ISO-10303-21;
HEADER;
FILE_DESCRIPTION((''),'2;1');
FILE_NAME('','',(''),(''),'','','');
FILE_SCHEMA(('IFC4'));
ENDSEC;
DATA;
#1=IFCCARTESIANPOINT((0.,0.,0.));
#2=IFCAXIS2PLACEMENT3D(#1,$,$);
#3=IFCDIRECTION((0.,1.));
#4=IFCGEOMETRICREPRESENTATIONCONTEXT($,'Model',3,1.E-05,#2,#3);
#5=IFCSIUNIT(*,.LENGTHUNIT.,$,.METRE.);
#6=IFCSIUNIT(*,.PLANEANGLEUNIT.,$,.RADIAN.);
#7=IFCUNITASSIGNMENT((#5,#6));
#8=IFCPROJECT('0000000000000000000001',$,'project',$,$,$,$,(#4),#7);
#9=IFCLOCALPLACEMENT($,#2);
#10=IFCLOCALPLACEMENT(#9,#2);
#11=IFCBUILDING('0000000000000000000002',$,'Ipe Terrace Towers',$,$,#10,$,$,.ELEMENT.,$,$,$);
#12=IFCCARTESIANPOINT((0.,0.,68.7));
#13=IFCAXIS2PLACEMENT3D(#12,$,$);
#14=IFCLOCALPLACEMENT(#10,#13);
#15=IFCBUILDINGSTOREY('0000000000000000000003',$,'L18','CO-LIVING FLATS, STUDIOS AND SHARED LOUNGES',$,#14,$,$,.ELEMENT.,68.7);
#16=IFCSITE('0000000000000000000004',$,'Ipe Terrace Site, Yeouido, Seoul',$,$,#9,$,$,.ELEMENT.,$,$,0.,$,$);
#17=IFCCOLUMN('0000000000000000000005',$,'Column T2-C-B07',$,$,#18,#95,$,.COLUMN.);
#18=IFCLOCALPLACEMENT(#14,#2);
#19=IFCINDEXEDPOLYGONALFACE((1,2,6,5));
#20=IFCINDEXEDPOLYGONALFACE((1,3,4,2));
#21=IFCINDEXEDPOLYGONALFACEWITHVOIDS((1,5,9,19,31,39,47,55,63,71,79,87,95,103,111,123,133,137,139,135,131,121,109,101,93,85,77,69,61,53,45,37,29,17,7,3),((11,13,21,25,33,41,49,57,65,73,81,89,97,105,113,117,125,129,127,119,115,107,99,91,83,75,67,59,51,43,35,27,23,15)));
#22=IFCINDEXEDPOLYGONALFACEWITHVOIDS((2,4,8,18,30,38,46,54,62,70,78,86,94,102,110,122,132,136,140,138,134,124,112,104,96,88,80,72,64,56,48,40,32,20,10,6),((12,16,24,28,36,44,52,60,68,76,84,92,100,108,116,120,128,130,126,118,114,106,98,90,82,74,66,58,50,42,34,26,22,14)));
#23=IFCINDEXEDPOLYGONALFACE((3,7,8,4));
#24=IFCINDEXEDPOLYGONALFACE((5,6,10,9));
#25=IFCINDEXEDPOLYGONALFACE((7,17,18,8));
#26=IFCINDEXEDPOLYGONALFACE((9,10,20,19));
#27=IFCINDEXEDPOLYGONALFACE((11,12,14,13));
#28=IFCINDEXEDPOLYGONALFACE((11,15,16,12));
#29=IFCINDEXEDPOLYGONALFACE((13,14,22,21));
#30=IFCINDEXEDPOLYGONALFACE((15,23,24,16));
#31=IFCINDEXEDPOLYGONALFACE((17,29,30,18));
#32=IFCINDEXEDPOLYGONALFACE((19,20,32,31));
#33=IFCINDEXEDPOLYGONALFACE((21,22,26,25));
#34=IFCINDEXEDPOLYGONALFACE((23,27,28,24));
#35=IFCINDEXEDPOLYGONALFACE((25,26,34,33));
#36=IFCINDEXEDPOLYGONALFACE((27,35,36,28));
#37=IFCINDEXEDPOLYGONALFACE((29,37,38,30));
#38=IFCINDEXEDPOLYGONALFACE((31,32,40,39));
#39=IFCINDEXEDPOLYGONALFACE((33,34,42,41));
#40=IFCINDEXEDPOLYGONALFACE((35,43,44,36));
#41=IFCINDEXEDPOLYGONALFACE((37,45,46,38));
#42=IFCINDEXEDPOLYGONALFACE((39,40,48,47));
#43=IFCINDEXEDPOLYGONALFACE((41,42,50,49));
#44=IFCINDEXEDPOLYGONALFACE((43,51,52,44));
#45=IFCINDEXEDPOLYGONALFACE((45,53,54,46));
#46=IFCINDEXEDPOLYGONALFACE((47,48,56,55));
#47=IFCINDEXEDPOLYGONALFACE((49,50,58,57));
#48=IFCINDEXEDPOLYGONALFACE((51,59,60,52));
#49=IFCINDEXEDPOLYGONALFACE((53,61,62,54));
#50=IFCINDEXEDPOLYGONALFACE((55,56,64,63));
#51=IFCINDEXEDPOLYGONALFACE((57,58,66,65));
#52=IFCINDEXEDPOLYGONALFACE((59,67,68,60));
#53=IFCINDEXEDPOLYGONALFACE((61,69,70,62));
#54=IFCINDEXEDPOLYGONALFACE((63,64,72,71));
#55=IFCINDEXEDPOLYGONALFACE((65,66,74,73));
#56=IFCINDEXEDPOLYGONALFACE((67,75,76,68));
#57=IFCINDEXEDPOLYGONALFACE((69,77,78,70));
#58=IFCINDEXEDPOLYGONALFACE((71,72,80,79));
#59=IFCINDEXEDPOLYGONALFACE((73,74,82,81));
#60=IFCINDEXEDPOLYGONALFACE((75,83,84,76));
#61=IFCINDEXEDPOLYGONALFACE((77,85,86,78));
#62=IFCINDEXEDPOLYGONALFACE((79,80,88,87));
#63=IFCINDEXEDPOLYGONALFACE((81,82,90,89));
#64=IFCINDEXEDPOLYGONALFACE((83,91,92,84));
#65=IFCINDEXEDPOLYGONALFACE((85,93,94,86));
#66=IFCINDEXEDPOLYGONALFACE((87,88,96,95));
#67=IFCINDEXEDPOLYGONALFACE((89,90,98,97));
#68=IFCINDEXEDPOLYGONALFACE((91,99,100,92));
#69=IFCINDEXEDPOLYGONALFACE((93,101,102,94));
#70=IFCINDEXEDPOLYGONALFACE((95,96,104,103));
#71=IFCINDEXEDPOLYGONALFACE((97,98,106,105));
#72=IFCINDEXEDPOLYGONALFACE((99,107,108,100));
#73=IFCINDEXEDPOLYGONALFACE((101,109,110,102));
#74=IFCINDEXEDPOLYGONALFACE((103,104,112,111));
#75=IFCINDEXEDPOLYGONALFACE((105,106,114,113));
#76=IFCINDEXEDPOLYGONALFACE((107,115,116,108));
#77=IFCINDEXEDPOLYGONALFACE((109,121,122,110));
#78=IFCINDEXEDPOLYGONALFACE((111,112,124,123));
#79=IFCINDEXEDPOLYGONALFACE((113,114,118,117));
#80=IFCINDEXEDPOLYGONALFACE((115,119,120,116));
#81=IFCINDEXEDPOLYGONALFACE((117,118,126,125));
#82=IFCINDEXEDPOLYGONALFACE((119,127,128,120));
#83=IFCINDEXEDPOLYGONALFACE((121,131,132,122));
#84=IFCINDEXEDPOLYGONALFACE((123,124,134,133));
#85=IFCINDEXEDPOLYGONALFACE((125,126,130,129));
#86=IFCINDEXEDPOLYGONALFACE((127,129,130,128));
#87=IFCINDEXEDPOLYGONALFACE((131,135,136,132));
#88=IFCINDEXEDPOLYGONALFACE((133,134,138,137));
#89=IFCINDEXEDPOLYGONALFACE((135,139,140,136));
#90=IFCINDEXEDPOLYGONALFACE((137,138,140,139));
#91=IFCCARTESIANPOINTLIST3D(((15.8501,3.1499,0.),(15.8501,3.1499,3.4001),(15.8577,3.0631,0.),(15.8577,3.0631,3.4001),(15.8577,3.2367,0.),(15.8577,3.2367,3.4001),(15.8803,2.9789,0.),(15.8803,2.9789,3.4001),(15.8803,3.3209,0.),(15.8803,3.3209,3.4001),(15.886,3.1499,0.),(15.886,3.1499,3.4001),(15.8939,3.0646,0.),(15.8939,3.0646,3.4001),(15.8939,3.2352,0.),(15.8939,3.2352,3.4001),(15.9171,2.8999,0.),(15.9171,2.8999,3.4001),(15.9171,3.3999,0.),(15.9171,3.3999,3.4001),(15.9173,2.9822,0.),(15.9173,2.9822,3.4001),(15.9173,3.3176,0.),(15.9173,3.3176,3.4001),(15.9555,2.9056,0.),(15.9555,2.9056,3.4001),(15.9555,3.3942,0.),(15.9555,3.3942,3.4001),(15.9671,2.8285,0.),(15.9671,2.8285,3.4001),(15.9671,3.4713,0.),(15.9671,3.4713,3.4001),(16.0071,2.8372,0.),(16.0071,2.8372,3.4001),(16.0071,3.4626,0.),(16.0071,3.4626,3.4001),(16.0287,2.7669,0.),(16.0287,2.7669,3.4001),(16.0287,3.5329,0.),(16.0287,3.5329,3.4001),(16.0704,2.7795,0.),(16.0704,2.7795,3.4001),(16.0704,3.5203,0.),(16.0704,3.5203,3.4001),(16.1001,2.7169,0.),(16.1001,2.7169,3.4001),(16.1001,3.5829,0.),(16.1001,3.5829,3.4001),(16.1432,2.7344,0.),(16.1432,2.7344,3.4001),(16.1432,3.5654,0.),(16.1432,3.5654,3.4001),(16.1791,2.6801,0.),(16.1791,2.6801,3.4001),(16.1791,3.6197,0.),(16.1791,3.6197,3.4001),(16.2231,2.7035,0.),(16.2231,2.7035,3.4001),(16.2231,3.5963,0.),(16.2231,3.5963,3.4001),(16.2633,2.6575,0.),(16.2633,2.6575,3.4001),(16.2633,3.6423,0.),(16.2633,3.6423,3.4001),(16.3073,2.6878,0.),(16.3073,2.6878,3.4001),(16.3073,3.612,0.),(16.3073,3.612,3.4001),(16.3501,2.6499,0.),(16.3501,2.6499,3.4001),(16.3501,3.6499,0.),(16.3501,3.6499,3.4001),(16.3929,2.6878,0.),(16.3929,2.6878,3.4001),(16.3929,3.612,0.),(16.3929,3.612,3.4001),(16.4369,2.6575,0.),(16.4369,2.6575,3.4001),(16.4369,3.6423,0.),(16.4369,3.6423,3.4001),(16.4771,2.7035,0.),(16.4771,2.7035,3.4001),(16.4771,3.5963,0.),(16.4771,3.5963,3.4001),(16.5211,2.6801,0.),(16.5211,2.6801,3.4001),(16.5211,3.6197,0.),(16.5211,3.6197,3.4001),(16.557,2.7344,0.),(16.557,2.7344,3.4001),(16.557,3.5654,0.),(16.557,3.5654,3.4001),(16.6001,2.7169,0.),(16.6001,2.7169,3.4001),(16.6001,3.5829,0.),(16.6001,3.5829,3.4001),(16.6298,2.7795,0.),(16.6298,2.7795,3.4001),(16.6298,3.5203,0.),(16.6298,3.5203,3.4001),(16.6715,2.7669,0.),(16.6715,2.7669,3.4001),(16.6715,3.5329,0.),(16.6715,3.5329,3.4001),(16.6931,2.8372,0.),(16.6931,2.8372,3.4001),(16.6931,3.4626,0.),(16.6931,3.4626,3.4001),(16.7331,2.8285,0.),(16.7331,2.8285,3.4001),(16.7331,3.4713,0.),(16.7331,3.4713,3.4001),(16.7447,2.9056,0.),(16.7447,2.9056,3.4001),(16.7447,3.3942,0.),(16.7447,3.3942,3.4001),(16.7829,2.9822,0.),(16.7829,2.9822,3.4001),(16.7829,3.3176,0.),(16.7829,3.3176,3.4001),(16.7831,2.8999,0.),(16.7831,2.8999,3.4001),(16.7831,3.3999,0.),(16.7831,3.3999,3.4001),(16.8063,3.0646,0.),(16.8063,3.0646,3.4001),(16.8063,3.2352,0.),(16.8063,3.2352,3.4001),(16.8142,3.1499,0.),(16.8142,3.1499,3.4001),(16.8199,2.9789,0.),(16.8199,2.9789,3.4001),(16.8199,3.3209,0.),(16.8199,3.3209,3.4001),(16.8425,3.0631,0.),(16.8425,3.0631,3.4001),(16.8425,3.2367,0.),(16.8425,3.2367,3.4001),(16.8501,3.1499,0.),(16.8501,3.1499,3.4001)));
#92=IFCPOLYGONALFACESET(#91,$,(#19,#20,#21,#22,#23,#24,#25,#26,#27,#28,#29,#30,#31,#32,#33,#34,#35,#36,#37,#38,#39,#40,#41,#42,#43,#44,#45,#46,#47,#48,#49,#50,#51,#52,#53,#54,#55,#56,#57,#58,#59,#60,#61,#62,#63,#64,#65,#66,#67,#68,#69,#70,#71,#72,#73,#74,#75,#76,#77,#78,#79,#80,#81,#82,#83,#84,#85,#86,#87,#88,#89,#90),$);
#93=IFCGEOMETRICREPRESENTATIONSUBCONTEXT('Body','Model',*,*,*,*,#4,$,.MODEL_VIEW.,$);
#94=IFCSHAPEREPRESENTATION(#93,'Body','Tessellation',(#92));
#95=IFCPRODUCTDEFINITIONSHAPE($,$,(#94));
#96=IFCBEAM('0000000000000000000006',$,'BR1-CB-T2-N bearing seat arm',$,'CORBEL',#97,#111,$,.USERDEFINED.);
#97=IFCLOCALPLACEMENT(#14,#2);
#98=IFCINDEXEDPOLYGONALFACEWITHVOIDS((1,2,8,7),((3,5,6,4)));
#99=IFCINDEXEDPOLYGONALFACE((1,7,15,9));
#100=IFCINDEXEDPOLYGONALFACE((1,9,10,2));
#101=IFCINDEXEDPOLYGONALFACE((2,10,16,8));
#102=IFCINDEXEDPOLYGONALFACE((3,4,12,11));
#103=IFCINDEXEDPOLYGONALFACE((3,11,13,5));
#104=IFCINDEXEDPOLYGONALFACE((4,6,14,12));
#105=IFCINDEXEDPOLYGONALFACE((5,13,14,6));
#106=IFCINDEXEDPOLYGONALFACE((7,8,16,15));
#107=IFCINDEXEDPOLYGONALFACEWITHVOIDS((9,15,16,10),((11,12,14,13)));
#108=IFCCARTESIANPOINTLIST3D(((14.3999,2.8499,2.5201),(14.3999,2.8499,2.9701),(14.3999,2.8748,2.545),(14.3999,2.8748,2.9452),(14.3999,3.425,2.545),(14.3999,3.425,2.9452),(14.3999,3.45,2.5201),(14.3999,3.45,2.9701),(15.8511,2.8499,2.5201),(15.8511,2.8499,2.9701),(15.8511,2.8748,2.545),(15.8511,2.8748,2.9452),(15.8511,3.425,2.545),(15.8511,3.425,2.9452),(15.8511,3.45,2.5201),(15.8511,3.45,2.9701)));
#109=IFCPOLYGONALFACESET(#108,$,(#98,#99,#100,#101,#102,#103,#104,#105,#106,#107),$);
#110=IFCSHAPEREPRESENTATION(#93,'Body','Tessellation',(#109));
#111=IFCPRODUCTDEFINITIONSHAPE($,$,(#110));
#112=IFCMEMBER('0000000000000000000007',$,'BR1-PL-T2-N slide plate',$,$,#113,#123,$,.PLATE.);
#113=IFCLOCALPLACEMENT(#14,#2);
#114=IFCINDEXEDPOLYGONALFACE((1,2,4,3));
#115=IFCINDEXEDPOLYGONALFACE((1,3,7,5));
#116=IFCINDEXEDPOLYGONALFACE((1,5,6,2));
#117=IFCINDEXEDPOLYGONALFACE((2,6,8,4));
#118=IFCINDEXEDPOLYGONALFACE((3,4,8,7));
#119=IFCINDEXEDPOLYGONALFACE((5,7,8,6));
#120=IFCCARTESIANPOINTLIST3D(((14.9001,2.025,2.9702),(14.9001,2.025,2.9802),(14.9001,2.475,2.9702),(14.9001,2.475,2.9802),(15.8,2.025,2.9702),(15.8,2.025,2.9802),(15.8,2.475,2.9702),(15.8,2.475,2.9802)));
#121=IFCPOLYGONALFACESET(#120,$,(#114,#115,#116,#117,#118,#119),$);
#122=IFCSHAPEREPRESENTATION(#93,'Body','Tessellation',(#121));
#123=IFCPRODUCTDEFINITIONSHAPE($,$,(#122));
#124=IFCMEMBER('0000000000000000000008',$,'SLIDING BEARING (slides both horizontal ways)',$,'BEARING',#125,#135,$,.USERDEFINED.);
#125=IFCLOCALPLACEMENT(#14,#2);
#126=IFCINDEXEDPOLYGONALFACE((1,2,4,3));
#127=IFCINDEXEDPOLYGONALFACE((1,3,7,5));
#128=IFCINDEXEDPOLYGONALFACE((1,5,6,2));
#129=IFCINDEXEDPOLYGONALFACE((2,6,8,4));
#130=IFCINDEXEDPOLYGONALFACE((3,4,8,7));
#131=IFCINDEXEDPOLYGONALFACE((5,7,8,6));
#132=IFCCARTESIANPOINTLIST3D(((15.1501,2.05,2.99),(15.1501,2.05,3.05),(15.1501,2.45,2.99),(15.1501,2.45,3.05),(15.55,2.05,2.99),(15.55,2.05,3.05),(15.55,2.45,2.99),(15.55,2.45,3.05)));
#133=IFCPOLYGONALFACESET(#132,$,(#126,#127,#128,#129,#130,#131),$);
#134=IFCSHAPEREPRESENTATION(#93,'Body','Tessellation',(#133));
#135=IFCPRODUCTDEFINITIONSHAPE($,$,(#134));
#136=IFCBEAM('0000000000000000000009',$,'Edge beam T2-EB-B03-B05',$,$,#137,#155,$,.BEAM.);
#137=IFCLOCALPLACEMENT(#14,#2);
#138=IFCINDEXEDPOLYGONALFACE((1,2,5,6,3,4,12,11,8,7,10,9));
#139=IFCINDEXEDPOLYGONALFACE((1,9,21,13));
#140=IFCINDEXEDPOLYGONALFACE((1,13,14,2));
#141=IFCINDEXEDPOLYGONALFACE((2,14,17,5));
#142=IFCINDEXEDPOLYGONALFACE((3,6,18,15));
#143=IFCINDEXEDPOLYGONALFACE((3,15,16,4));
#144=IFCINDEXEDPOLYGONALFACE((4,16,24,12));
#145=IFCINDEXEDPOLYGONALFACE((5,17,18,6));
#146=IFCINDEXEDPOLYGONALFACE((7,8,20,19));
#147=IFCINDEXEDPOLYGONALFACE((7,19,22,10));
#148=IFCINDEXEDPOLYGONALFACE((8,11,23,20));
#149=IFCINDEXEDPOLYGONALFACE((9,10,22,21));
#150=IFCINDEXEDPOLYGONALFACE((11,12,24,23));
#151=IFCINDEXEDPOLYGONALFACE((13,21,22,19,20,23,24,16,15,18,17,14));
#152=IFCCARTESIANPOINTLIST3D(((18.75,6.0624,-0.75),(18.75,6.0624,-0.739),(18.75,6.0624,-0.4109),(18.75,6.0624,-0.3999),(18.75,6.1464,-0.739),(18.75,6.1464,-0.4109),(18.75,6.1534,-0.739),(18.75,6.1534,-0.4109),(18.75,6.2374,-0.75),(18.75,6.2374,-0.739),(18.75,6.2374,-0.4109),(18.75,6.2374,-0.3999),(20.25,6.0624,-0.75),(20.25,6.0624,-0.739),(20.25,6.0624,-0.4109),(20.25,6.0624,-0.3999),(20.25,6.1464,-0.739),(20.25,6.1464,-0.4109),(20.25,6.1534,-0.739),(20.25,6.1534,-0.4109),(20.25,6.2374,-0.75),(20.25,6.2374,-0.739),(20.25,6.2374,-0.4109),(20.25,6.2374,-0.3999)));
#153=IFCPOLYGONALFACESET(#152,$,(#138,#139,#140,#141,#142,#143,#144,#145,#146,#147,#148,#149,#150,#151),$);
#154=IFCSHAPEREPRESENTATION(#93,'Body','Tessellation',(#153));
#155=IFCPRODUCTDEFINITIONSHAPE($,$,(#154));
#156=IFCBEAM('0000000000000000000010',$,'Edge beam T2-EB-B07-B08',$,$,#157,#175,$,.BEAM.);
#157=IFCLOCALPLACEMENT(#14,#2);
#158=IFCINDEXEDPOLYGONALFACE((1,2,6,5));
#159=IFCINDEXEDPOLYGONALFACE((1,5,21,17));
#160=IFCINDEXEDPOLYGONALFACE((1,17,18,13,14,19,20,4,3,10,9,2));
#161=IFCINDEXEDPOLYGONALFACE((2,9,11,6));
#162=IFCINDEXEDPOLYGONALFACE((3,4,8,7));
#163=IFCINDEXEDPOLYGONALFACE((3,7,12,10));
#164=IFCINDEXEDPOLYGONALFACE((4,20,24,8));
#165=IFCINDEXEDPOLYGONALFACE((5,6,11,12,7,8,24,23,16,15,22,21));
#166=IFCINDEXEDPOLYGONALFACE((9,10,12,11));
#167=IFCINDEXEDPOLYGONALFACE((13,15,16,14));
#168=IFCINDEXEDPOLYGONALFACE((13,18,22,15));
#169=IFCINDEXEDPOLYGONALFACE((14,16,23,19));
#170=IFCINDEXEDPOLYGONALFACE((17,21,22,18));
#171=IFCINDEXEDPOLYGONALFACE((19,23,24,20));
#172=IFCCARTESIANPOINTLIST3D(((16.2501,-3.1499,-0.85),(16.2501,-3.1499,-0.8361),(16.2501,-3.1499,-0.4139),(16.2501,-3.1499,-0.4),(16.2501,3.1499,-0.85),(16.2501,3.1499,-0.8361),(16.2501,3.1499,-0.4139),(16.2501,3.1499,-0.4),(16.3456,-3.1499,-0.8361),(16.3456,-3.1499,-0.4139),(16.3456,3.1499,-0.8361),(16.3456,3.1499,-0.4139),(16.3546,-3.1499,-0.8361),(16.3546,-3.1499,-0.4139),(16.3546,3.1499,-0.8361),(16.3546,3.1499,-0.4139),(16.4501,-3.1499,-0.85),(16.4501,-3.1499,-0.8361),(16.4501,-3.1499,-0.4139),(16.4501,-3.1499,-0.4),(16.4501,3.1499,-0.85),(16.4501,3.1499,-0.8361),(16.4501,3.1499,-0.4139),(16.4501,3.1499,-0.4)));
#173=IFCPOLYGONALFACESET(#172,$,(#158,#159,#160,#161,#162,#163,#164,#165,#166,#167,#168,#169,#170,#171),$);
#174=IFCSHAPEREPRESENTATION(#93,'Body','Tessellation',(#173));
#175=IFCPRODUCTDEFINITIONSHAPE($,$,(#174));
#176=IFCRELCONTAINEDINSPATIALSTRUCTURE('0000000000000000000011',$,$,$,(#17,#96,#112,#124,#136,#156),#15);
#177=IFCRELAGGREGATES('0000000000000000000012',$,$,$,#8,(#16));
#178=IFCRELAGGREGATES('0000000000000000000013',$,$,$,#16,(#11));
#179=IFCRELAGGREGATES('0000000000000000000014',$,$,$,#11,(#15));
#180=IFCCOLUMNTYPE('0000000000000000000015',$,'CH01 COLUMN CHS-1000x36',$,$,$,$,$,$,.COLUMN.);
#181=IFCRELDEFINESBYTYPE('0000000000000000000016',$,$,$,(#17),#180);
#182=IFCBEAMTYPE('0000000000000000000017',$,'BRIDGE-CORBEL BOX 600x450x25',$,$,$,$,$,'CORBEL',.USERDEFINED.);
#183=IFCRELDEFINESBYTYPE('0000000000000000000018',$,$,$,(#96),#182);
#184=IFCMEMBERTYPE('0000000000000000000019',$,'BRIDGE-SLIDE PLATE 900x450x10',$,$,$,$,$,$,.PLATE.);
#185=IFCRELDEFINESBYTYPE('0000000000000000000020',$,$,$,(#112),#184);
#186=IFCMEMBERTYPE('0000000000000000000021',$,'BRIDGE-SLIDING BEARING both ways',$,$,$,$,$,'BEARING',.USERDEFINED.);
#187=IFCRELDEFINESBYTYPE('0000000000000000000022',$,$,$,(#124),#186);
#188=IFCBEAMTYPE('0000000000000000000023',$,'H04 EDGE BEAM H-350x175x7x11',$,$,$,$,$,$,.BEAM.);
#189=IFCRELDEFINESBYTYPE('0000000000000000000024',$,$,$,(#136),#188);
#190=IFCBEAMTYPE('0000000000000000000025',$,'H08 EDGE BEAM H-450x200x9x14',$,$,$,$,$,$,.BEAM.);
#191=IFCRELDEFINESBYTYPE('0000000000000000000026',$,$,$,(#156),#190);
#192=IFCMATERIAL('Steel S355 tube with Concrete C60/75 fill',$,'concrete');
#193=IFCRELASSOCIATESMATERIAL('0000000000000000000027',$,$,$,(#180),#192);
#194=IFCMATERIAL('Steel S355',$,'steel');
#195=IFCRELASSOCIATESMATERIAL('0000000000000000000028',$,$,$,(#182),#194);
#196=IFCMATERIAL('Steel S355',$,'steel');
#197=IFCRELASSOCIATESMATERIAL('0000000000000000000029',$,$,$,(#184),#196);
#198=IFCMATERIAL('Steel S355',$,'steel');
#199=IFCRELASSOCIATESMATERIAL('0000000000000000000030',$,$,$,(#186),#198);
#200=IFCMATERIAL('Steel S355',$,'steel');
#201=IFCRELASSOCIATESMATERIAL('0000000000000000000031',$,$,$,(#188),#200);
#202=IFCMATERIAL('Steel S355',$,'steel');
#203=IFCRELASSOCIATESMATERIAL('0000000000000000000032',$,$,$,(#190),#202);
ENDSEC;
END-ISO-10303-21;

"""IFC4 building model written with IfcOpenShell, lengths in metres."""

from ifc_helpers import new_model, si_unit, direction, frame, origin, origin_2d, place, context, subcontext, project, spatial, rectangle, hollow_rectangle, hollow_circle, i_section, extrude, material, material_profile, profile_set, type_object, element, save


model = new_model("IFC4")

# Units and contexts
model_context = context("Model", 3, precision=1e-05, world=origin(), true_north=direction((0.0, 1.0)))
body_context = subcontext(model_context, "Body", "Model", "MODEL_VIEW")
ifc_project = project(units=[si_unit("LENGTHUNIT", "METRE"), si_unit("PLANEANGLEUNIT", "RADIAN")], contexts=[model_context])

# Site, building, storey
site_placement = place(None, origin())
site = spatial("IfcSite", under=ifc_project, at=site_placement, Name="Ipe Terrace Site, Yeouido, Seoul", CompositionType="ELEMENT", RefElevation=0.0)
building_placement = place(site_placement, origin())
building = spatial("IfcBuilding", under=site, at=building_placement, Name="Ipe Terrace Towers", CompositionType="ELEMENT")
storey_placement = place(building_placement, frame((0.0, 0.0, 68.7)))
storey = spatial("IfcBuildingStorey", under=building, at=storey_placement, Name="L18", Description="CO-LIVING FLATS, STUDIOS AND SHARED LOUNGES", CompositionType="ELEMENT", Elevation=68.7)

# Column
ifc_material_1 = material(Name="Steel S355 tube with Concrete C60/75 fill", Category="concrete")
ifc_material_profile_1 = material_profile(ifc_material_1, hollow_circle(Radius=0.5, WallThickness=0.0359, at=origin_2d()), Name="CHS-1000x36")
ifc_profile_set_1 = profile_set([ifc_material_profile_1], Name="Steel S355 tube with Concrete C60/75 fill")
column_type = type_object("IfcColumnType", Name="CH01 COLUMN CHS-1000x36", PredefinedType="COLUMN", material=ifc_profile_set_1)
for number, where, z_axis, x_axis, name in (
    (1, (16.3501, 3.1499, 0.0), (0.0, 0.0, 1.0), (1.0, 0.0, 0.0), "Column T2-C-B07"),
):
    element("IfcColumn", number, at=place(storey_placement, frame(where, z_axis=z_axis, x_axis=x_axis)), inside=storey, type_object=column_type, Name=name, PredefinedType="COLUMN", context=body_context, shape_type="SweptSolid", body=[
        extrude(hollow_circle(Radius=0.5, WallThickness=0.0359, at=origin_2d()), origin(), (0.0, 0.0, 1.0), 3.4001),
    ])

# Beam
ifc_material_2 = material(Name="Steel S355", Category="steel")
ifc_material_profile_2 = material_profile(ifc_material_2, hollow_rectangle(XDim=0.6001, YDim=0.45, WallThickness=0.0249, at=origin_2d()), Name="BRIDGE-CORBEL BOX 600x450x25")
ifc_profile_set_2 = profile_set([ifc_material_profile_2], Name="Steel S355")
beam_type_1 = type_object("IfcBeamType", Name="BRIDGE-CORBEL BOX 600x450x25", ElementType="CORBEL", PredefinedType="USERDEFINED", material=ifc_profile_set_2)
beam_1_placement = place(storey_placement, frame((15.8511, 3.1499, 2.7451), z_axis=(-1.0, 0.0, 0.0), x_axis=(0.0, -1.0, 0.0)))
element("IfcBeam", 2, at=beam_1_placement, inside=storey, type_object=beam_type_1, Name="BR1-CB-T2-N bearing seat arm", ObjectType="CORBEL", PredefinedType="USERDEFINED", context=body_context, shape_type="SweptSolid", body=[
    extrude(hollow_rectangle(XDim=0.6001, YDim=0.45, WallThickness=0.0249, at=origin_2d()), origin(), (0.0, 0.0, 1.0), 1.4512),
])

# Members
ifc_material_3 = material(Name="Steel S355", Category="steel")
member_type_1 = type_object("IfcMemberType", Name="BRIDGE-SLIDE PLATE 900x450x10", PredefinedType="PLATE", material=ifc_material_3)
member_1_placement = place(storey_placement, frame((15.3501, 2.25, 2.9702), z_axis=(0.0, 0.0, 1.0), x_axis=(1.0, 0.0, 0.0)))
element("IfcMember", 3, at=member_1_placement, inside=storey, type_object=member_type_1, Name="BR1-PL-T2-N slide plate", PredefinedType="PLATE", context=body_context, shape_type="SweptSolid", body=[
    extrude(rectangle(XDim=0.8999, YDim=0.45, at=origin_2d()), origin(), (0.0, 0.0, 1.0), 0.01),
])
ifc_material_4 = material(Name="Steel S355", Category="steel")
member_type_2 = type_object("IfcMemberType", Name="BRIDGE-SLIDING BEARING both ways", ElementType="BEARING", PredefinedType="USERDEFINED", material=ifc_material_4)
member_2_placement = place(storey_placement, frame((15.3501, 2.25, 2.99), z_axis=(0.0, 0.0, 1.0), x_axis=(1.0, 0.0, 0.0)))
element("IfcMember", 4, at=member_2_placement, inside=storey, type_object=member_type_2, Name="SLIDING BEARING (slides both horizontal ways)", ObjectType="BEARING", PredefinedType="USERDEFINED", context=body_context, shape_type="SweptSolid", body=[
    extrude(rectangle(XDim=0.3999, YDim=0.3999, at=origin_2d()), origin(), (0.0, 0.0, 1.0), 0.0601),
])

# Beams
ifc_material_5 = material(Name="Steel S355", Category="steel")
ifc_material_profile_3 = material_profile(ifc_material_5, i_section(OverallWidth=0.175, OverallDepth=0.3501, WebThickness=0.0071, FlangeThickness=0.011, at=origin_2d()), Name="H-350x175x7x11")
ifc_profile_set_3 = profile_set([ifc_material_profile_3], Name="Steel S355")
beam_type_2 = type_object("IfcBeamType", Name="H04 EDGE BEAM H-350x175x7x11", PredefinedType="BEAM", material=ifc_profile_set_3)
beam_2_placement = place(storey_placement, frame((20.25, 6.1499, -0.575), z_axis=(-1.0, 0.0, 0.0), x_axis=(0.0, -1.0, 0.0)))
element("IfcBeam", 5, at=beam_2_placement, inside=storey, type_object=beam_type_2, Name="Edge beam T2-EB-B03-B05", PredefinedType="BEAM", context=body_context, shape_type="SweptSolid", body=[
    extrude(i_section(OverallWidth=0.175, OverallDepth=0.3501, WebThickness=0.0071, FlangeThickness=0.011, at=origin_2d()), origin(), (0.0, 0.0, 1.0), 1.5),
])
ifc_material_6 = material(Name="Steel S355", Category="steel")
ifc_material_profile_4 = material_profile(ifc_material_6, i_section(OverallWidth=0.2, OverallDepth=0.45, WebThickness=0.009, FlangeThickness=0.0139, at=origin_2d()), Name="H-450x200x9x14")
ifc_profile_set_4 = profile_set([ifc_material_profile_4], Name="Steel S355")
beam_type_3 = type_object("IfcBeamType", Name="H08 EDGE BEAM H-450x200x9x14", PredefinedType="BEAM", material=ifc_profile_set_4)
beam_3_placement = place(storey_placement, frame((16.3501, 3.1499, -0.625), z_axis=(0.0, -1.0, 0.0), x_axis=(1.0, 0.0, 0.0)))
element("IfcBeam", 6, at=beam_3_placement, inside=storey, type_object=beam_type_3, Name="Edge beam T2-EB-B07-B08", PredefinedType="BEAM", context=body_context, shape_type="SweptSolid", body=[
    extrude(i_section(OverallWidth=0.2, OverallDepth=0.45, WebThickness=0.009, FlangeThickness=0.0139, at=origin_2d()), origin(), (0.0, 0.0, 1.0), 6.2998),
])

save(model, "model.ifc")
